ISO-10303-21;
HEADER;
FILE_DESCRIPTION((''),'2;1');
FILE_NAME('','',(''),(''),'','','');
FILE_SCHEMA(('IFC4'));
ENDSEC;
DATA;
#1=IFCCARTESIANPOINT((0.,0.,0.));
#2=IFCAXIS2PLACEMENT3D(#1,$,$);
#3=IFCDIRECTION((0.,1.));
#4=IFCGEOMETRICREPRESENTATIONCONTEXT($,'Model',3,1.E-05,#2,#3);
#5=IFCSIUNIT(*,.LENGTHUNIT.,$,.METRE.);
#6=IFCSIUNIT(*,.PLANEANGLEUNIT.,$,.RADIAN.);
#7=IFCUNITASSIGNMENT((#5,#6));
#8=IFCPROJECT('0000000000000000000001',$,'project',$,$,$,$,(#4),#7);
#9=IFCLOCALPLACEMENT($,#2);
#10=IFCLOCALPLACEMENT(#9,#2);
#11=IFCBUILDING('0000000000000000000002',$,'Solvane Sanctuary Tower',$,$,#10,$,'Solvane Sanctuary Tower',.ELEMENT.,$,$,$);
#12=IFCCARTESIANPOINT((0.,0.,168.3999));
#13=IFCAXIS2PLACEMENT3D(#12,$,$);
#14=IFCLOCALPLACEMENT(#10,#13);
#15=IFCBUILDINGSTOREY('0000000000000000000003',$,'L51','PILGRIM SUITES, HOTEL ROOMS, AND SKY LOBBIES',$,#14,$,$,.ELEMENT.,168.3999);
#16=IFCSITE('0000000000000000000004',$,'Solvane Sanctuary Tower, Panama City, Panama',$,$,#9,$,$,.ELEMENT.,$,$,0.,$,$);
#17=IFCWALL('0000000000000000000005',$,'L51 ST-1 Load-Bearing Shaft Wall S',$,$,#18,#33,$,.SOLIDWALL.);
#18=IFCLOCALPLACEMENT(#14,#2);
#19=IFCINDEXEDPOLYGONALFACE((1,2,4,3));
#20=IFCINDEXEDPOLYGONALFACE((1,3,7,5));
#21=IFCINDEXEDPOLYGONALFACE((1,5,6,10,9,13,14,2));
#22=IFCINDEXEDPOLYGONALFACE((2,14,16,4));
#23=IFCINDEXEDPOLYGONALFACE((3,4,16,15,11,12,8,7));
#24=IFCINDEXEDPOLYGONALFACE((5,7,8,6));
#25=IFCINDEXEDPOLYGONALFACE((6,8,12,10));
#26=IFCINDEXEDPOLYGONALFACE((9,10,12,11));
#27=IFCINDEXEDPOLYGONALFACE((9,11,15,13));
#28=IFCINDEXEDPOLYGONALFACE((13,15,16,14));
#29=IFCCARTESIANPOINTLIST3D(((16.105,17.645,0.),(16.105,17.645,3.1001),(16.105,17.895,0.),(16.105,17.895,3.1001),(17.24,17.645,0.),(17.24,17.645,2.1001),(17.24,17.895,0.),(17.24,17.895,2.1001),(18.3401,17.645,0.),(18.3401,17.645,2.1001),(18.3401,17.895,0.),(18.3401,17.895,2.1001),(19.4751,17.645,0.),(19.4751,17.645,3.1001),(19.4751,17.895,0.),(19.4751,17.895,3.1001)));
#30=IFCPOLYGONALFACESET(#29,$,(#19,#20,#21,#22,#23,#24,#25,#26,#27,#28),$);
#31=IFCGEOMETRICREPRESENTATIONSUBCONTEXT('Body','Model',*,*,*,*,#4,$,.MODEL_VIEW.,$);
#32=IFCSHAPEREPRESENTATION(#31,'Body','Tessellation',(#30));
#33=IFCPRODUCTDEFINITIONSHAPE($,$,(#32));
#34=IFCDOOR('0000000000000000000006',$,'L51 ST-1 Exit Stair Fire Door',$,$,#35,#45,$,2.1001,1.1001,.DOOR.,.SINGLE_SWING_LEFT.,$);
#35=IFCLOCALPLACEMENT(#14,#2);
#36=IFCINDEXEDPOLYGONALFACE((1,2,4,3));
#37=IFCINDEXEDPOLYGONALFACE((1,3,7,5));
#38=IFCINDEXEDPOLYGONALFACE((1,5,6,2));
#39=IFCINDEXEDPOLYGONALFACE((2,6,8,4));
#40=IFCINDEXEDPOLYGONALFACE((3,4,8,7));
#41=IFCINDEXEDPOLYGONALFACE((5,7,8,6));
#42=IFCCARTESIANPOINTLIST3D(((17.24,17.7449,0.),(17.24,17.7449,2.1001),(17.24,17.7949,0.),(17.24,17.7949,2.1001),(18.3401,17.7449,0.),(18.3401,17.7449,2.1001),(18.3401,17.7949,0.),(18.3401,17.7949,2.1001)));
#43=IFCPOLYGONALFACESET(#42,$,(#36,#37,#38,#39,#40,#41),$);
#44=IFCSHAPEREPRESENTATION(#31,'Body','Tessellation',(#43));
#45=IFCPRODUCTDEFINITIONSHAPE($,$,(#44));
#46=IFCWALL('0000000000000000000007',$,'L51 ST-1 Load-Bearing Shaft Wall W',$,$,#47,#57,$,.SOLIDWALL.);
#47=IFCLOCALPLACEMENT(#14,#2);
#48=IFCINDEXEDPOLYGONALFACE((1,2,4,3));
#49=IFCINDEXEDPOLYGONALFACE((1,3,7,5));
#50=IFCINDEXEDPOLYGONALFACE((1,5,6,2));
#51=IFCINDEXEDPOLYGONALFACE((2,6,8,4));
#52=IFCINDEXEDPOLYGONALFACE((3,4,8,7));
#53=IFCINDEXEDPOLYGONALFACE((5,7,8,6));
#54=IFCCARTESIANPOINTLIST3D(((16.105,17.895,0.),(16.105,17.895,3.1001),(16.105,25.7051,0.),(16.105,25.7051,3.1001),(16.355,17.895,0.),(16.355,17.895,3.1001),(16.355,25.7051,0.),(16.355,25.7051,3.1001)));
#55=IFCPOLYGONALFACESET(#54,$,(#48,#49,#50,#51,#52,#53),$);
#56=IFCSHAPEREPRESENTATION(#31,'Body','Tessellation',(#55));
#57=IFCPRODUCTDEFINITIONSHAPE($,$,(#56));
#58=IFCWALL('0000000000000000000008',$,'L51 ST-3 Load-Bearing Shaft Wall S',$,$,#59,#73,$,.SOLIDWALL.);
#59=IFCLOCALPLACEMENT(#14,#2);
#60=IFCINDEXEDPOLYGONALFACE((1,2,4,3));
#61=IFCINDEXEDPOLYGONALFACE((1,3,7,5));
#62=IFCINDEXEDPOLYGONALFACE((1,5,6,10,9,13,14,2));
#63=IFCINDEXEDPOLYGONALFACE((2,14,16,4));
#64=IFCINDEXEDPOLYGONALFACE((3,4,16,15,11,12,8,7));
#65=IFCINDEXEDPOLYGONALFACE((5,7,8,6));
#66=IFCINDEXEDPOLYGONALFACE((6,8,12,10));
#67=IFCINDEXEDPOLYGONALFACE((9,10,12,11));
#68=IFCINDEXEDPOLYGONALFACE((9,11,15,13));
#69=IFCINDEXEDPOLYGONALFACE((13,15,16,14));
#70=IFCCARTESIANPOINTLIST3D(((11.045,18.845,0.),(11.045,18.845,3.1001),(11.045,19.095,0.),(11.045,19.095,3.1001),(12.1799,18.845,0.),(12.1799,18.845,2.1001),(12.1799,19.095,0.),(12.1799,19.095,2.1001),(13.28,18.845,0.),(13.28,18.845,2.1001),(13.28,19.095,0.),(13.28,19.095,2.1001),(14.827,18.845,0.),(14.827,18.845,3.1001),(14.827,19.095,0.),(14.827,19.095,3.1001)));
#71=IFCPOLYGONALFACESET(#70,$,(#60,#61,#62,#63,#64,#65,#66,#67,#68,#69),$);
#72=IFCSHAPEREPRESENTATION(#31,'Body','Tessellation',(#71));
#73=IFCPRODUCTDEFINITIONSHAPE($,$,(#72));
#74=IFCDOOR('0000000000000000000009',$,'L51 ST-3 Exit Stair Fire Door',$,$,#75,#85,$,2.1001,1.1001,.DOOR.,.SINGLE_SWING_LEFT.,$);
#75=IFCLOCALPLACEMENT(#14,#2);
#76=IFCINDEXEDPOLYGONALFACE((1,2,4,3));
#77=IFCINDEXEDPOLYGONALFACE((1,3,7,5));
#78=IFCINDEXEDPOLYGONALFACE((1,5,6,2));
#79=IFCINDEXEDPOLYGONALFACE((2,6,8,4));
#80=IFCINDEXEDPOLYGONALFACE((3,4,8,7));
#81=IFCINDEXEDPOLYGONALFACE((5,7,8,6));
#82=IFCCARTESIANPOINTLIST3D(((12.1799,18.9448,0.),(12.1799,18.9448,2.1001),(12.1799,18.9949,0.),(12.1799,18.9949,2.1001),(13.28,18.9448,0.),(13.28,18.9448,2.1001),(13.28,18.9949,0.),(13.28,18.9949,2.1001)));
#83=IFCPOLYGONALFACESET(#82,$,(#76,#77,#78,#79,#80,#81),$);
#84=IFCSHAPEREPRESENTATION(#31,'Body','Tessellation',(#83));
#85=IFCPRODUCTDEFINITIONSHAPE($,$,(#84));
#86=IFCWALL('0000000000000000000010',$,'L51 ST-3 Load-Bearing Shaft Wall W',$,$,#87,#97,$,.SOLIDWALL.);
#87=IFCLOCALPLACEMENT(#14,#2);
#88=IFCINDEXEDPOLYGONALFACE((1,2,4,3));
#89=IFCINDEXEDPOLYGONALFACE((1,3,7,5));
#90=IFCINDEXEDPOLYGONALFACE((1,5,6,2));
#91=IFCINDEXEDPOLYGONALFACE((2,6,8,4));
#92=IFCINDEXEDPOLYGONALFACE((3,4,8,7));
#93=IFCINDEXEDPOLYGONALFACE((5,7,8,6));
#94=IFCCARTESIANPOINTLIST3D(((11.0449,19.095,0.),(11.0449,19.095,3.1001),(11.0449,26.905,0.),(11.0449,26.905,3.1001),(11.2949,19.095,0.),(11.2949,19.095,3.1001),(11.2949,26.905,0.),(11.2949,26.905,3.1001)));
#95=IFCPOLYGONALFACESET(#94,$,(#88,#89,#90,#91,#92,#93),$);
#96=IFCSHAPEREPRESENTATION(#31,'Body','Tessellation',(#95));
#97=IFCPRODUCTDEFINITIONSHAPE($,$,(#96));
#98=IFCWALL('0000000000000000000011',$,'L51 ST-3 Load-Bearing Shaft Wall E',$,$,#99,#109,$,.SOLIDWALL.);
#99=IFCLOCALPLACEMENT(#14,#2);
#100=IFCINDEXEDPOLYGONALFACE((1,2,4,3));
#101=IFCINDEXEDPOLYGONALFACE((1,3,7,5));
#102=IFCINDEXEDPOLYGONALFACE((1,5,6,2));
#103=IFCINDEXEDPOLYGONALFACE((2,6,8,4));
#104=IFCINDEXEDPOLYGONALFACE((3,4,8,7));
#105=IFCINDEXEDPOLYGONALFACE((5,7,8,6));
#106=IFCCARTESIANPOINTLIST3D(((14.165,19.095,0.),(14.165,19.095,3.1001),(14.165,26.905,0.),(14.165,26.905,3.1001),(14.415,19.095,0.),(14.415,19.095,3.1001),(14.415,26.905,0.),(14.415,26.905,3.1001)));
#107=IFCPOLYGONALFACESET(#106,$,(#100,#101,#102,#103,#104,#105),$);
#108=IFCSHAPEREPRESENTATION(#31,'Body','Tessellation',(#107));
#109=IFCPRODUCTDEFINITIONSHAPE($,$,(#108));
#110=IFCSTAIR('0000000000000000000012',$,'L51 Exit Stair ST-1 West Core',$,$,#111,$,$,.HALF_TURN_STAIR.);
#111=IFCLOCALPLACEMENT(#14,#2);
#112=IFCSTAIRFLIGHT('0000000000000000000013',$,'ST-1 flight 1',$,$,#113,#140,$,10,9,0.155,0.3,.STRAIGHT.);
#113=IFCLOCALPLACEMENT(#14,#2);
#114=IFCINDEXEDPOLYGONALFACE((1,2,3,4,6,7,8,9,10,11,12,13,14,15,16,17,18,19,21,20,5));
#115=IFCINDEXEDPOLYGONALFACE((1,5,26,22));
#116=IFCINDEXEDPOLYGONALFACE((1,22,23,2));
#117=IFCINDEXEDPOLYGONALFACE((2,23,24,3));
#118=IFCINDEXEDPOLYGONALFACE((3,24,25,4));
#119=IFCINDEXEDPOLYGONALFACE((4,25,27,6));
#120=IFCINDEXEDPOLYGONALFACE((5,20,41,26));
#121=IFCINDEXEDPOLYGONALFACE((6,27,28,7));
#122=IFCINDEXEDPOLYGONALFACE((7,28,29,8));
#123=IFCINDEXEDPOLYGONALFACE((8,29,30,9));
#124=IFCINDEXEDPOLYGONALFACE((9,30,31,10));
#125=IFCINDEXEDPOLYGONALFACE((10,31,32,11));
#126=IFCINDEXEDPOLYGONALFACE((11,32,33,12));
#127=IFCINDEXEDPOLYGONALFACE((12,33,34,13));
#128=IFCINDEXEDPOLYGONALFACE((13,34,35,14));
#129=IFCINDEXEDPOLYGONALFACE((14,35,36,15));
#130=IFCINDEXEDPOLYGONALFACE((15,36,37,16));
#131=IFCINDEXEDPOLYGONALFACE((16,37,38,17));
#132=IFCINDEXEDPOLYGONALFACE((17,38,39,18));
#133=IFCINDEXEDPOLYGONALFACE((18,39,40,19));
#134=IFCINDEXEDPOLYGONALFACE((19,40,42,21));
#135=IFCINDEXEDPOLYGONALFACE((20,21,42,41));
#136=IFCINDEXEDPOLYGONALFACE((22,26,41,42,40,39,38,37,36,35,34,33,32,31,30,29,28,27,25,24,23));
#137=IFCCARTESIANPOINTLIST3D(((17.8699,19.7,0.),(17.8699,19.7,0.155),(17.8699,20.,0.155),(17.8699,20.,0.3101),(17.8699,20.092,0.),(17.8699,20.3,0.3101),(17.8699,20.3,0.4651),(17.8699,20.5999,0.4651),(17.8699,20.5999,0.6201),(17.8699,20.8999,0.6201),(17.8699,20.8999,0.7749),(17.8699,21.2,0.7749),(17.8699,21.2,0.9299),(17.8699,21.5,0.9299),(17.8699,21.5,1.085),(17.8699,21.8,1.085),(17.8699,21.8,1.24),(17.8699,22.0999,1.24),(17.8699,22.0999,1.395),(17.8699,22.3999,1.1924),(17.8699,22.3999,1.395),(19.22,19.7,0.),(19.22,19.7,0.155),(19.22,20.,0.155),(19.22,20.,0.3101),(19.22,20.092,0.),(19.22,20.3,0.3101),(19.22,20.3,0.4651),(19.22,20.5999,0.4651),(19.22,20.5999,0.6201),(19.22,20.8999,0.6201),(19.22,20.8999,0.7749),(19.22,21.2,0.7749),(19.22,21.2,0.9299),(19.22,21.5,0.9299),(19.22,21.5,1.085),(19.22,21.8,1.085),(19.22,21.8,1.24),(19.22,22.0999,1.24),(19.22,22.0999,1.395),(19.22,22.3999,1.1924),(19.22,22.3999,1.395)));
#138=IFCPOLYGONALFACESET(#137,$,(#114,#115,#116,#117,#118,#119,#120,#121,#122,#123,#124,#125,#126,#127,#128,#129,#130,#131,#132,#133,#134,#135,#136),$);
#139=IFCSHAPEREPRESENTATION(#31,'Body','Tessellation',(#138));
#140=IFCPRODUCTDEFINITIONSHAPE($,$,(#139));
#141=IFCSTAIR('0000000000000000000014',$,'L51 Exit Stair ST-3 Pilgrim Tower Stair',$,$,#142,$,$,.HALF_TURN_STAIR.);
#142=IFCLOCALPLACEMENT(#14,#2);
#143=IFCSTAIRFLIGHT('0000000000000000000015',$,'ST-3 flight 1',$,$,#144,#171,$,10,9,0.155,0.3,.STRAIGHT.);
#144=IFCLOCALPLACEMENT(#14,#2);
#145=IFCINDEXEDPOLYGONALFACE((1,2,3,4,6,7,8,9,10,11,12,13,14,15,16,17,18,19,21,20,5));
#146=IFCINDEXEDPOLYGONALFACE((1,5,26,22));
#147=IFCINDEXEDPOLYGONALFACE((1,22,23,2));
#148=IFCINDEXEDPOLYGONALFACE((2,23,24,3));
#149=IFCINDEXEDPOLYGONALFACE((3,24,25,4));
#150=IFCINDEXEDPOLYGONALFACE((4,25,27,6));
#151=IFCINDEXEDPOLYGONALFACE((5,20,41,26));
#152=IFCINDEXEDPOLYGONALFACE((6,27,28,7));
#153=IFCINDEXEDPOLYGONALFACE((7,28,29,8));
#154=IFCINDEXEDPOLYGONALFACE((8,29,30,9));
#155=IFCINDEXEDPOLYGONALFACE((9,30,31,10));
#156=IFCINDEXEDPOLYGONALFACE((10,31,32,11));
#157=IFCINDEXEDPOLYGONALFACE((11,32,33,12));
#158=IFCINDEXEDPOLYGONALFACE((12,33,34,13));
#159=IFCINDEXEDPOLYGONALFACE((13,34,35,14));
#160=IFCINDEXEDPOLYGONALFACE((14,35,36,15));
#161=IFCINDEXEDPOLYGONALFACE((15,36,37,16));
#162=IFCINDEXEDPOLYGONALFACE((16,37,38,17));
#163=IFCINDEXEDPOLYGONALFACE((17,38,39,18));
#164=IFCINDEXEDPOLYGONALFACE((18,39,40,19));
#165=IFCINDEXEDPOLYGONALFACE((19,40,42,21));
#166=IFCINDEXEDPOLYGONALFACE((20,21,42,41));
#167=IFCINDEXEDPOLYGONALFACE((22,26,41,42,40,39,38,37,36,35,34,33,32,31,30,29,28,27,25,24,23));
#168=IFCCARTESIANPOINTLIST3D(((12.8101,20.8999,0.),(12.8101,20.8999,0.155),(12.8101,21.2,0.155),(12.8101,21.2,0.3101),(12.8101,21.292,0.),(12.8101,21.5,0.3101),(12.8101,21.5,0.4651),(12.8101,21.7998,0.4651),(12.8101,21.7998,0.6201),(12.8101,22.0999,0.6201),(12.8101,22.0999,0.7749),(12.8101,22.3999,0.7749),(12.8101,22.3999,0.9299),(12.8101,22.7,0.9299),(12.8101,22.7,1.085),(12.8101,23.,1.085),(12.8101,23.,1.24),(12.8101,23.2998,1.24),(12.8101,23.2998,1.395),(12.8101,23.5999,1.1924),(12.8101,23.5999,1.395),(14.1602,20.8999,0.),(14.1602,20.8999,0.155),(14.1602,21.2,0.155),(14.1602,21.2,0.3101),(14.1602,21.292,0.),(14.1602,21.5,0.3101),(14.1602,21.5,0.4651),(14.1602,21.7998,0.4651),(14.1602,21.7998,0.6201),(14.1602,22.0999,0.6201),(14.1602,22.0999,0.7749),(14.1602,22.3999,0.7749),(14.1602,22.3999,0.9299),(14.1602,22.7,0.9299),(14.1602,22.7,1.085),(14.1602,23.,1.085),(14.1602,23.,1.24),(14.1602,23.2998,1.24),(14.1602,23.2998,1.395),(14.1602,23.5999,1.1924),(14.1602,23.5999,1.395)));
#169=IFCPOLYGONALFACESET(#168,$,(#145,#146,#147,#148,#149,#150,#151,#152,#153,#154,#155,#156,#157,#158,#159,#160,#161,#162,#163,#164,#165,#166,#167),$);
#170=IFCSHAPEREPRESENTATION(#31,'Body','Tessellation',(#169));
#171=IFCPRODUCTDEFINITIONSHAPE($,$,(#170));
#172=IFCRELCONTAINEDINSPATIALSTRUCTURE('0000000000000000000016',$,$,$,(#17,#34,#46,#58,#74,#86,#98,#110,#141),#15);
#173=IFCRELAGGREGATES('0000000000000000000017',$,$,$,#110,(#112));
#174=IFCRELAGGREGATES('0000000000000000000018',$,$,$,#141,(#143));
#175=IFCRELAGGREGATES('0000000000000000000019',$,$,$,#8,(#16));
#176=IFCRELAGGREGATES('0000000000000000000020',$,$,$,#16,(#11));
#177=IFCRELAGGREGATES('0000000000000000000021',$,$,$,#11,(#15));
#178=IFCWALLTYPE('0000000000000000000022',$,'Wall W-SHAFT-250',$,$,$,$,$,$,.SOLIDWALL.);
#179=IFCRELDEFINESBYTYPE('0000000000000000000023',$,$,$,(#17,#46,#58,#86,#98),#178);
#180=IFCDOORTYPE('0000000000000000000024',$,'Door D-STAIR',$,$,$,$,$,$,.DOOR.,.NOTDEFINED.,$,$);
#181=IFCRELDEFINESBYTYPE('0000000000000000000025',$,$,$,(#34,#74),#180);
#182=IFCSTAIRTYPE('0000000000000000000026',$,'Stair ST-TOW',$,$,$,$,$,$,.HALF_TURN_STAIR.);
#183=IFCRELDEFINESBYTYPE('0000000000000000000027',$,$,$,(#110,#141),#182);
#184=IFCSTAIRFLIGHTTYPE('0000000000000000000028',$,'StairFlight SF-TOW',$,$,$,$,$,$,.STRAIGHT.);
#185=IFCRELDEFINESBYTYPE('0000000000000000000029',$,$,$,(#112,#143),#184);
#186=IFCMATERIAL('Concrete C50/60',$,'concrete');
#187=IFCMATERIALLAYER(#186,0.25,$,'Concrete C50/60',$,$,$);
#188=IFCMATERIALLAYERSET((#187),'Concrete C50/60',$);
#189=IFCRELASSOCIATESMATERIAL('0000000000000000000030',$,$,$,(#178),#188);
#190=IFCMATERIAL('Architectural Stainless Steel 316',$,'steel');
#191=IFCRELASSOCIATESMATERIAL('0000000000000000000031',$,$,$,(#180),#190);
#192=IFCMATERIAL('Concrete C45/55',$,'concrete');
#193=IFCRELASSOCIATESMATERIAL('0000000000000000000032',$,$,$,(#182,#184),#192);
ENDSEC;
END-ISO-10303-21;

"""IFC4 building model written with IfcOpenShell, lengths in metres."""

from ifc_helpers import new_model, si_unit, direction, frame, frame_2d, origin, place, context, subcontext, project, spatial, polyline, rectangle, outline, extrude, material, layer, layer_set, type_object, element, fill, aggregate, save


model = new_model("IFC4")

# Units and contexts
model_context = context("Model", 3, precision=1e-05, world=origin(), true_north=direction((0.0, 1.0)))
body_context = subcontext(model_context, "Body", "Model", "MODEL_VIEW")
ifc_project = project(units=[si_unit("LENGTHUNIT", "METRE"), si_unit("PLANEANGLEUNIT", "RADIAN")], contexts=[model_context])

# Site, building, storey
site_placement = place(None, origin())
site = spatial("IfcSite", under=ifc_project, at=site_placement, Name="Solvane Sanctuary Tower, Panama City, Panama", CompositionType="ELEMENT", RefElevation=0.0)
building_placement = place(site_placement, origin())
building = spatial("IfcBuilding", under=site, at=building_placement, Name="Solvane Sanctuary Tower", LongName="Solvane Sanctuary Tower", CompositionType="ELEMENT")
storey_placement = place(building_placement, frame((0.0, 0.0, 168.3999)))
storey = spatial("IfcBuildingStorey", under=building, at=storey_placement, Name="L51", Description="PILGRIM SUITES, HOTEL ROOMS, AND SKY LOBBIES", CompositionType="ELEMENT", Elevation=168.3999)

# Shared definitions
ifc_material_1 = material(Name="Architectural Stainless Steel 316", Category="steel")

# Wall, opening, door
ifc_material_2 = material(Name="Concrete C50/60", Category="concrete")
ifc_layer_1 = layer(ifc_material_2, 0.25, Name="Concrete C50/60")
ifc_layer_set_1 = layer_set([ifc_layer_1], Name="Concrete C50/60")
wall_type_1 = type_object("IfcWallType", Name="Wall W-SHAFT-250", PredefinedType="SOLIDWALL", material=ifc_layer_set_1)
wall_1_placement = place(storey_placement, frame((16.105, 17.77, 0.0), z_axis=(0.0, 0.0, 1.0), x_axis=(1.0, 0.0, 0.0)))
wall_1 = element("IfcWall", 1, at=wall_1_placement, inside=storey, type_object=wall_type_1, Name="L51 ST-1 Load-Bearing Shaft Wall S", PredefinedType="SOLIDWALL", context=body_context, shape_type="SweptSolid", body=[
    extrude(rectangle(XDim=3.3701, YDim=0.25, at=frame_2d((1.6851, 0.0))), origin(), (0.0, 0.0, 1.0), 3.1001),
])
opening_1_placement = place(wall_1_placement, frame((1.135, 0.0, 0.0)))
opening_1 = element("IfcOpeningElement", 2, at=opening_1_placement, cuts=wall_1, PredefinedType="OPENING", context=body_context, shape_type="SweptSolid", body=[
    extrude(rectangle(XDim=1.1001, YDim=2.1001, at=frame_2d((0.55, 1.05))), frame((0.0, 0.135, 0.0), z_axis=(0.0, -1.0, 0.0), x_axis=(1.0, 0.0, 0.0)), (0.0, 0.0, 1.0), 0.27),
])
door_type_1 = type_object("IfcDoorType", Name="Door D-STAIR", OperationType="NOTDEFINED", PredefinedType="DOOR", material=ifc_material_1)
door_1_placement = place(opening_1_placement, origin())
door_1 = element("IfcDoor", 3, at=door_1_placement, inside=storey, type_object=door_type_1, Name="L51 ST-1 Exit Stair Fire Door", OperationType="SINGLE_SWING_LEFT", OverallHeight=2.1001, OverallWidth=1.1001, PredefinedType="DOOR", context=body_context, shape_type="SweptSolid", body=[
    extrude(rectangle(XDim=1.1001, YDim=2.1001, at=frame_2d((0.55, 1.05))), frame((0.0, 0.0249, 0.0), z_axis=(0.0, -1.0, 0.0), x_axis=(1.0, 0.0, 0.0)), (0.0, 0.0, 1.0), 0.05),
])
fill(opening_1, door_1)

# Wall
wall_2_placement = place(storey_placement, frame((16.23, 17.895, 0.0), z_axis=(0.0, 0.0, 1.0), x_axis=(0.0, 1.0, 0.0)))
element("IfcWall", 4, at=wall_2_placement, inside=storey, type_object=wall_type_1, Name="L51 ST-1 Load-Bearing Shaft Wall W", PredefinedType="SOLIDWALL", context=body_context, shape_type="SweptSolid", body=[
    extrude(rectangle(XDim=7.8101, YDim=0.25, at=frame_2d((3.905, 0.0))), origin(), (0.0, 0.0, 1.0), 3.1001),
])

# Wall, opening, door
wall_3_placement = place(storey_placement, frame((11.0449, 18.97, 0.0), z_axis=(0.0, 0.0, 1.0), x_axis=(1.0, 0.0, 0.0)))
wall_3 = element("IfcWall", 5, at=wall_3_placement, inside=storey, type_object=wall_type_1, Name="L51 ST-3 Load-Bearing Shaft Wall S", PredefinedType="SOLIDWALL", context=body_context, shape_type="SweptSolid", body=[
    extrude(rectangle(XDim=3.782, YDim=0.25, at=frame_2d((1.8911, 0.0))), origin(), (0.0, 0.0, 1.0), 3.1001),
])
opening_2_placement = place(wall_3_placement, frame((1.135, 0.0, 0.0)))
opening_2 = element("IfcOpeningElement", 6, at=opening_2_placement, cuts=wall_3, PredefinedType="OPENING", context=body_context, shape_type="SweptSolid", body=[
    extrude(rectangle(XDim=1.1001, YDim=2.1001, at=frame_2d((0.55, 1.05))), frame((0.0, 0.135, 0.0), z_axis=(0.0, -1.0, 0.0), x_axis=(1.0, 0.0, 0.0)), (0.0, 0.0, 1.0), 0.27),
])
door_2_placement = place(opening_2_placement, origin())
door_2 = element("IfcDoor", 7, at=door_2_placement, inside=storey, type_object=door_type_1, Name="L51 ST-3 Exit Stair Fire Door", OperationType="SINGLE_SWING_LEFT", OverallHeight=2.1001, OverallWidth=1.1001, PredefinedType="DOOR", context=body_context, shape_type="SweptSolid", body=[
    extrude(rectangle(XDim=1.1001, YDim=2.1001, at=frame_2d((0.55, 1.05))), frame((0.0, 0.0249, 0.0), z_axis=(0.0, -1.0, 0.0), x_axis=(1.0, 0.0, 0.0)), (0.0, 0.0, 1.0), 0.05),
])
fill(opening_2, door_2)

# Walls
for number, where, z_axis, x_axis, name in (
    (8, (11.1699, 19.095, 0.0), (0.0, 0.0, 1.0), (0.0, 1.0, 0.0), "L51 ST-3 Load-Bearing Shaft Wall W"),
    (9, (14.29, 19.095, 0.0), (0.0, 0.0, 1.0), (0.0, 1.0, 0.0), "L51 ST-3 Load-Bearing Shaft Wall E"),
):
    element("IfcWall", number, at=place(storey_placement, frame(where, z_axis=z_axis, x_axis=x_axis)), inside=storey, type_object=wall_type_1, Name=name, PredefinedType="SOLIDWALL", context=body_context, shape_type="SweptSolid", body=[
        extrude(rectangle(XDim=7.8101, YDim=0.25, at=frame_2d((3.905, 0.0))), origin(), (0.0, 0.0, 1.0), 3.1001),
    ])

# Stairs, stair flights
ifc_material_3 = material(Name="Concrete C45/55", Category="concrete")
stair_type = type_object("IfcStairType", Name="Stair ST-TOW", PredefinedType="HALF_TURN_STAIR", material=ifc_material_3)
stair_1_placement = place(storey_placement, origin())
stair_1 = element("IfcStair", 10, at=stair_1_placement, inside=storey, type_object=stair_type, Name="L51 Exit Stair ST-1 West Core", PredefinedType="HALF_TURN_STAIR")
stair_flight_type = type_object("IfcStairFlightType", Name="StairFlight SF-TOW", PredefinedType="STRAIGHT", material=ifc_material_3)
stair_flight_1_placement = place(storey_placement, frame((18.5449, 19.7, 0.0), z_axis=(0.0, 0.0, 1.0), x_axis=(0.0, 1.0, 0.0)))
stair_flight_1 = element("IfcStairFlight", 11, at=stair_flight_1_placement, type_object=stair_flight_type, Name="ST-1 flight 1", NumberOfRisers=10, NumberOfTreads=9, PredefinedType="STRAIGHT", RiserHeight=0.155, TreadLength=0.3, context=body_context, shape_type="SweptSolid", body=[
    extrude(outline(polyline([(0.0, 0.0), (0.0, 0.155), (0.3, 0.155), (0.3, 0.3101), (0.6001, 0.3101), (0.6001, 0.4651), (0.8999, 0.4651), (0.8999, 0.6201), (1.2, 0.6201), (1.2, 0.7749), (1.5, 0.7749), (1.5, 0.9299), (1.8, 0.9299), (1.8, 1.085), (2.1001, 1.085), (2.1001, 1.24), (2.3999, 1.24), (2.3999, 1.395), (2.7, 1.395), (2.7, 1.55), (2.7, 1.1924), (0.3921, 0.0), (0.0, 0.0)])), frame((0.0, 0.675, 0.0), z_axis=(0.0, -1.0, 0.0), x_axis=(1.0, 0.0, 0.0)), (0.0, 0.0, 1.0), 1.3501),
])
aggregate(stair_1, [stair_flight_1])
stair_2_placement = place(storey_placement, origin())
stair_2 = element("IfcStair", 12, at=stair_2_placement, inside=storey, type_object=stair_type, Name="L51 Exit Stair ST-3 Pilgrim Tower Stair", PredefinedType="HALF_TURN_STAIR")
stair_flight_2_placement = place(storey_placement, frame((13.4851, 20.8999, 0.0), z_axis=(0.0, 0.0, 1.0), x_axis=(0.0, 1.0, 0.0)))
stair_flight_2 = element("IfcStairFlight", 13, at=stair_flight_2_placement, type_object=stair_flight_type, Name="ST-3 flight 1", NumberOfRisers=10, NumberOfTreads=9, PredefinedType="STRAIGHT", RiserHeight=0.155, TreadLength=0.3, context=body_context, shape_type="SweptSolid", body=[
    extrude(outline(polyline([(0.0, 0.0), (0.0, 0.155), (0.3, 0.155), (0.3, 0.3101), (0.6001, 0.3101), (0.6001, 0.4651), (0.8999, 0.4651), (0.8999, 0.6201), (1.2, 0.6201), (1.2, 0.7749), (1.5, 0.7749), (1.5, 0.9299), (1.8, 0.9299), (1.8, 1.085), (2.1001, 1.085), (2.1001, 1.24), (2.3999, 1.24), (2.3999, 1.395), (2.7, 1.395), (2.7, 1.55), (2.7, 1.1924), (0.3921, 0.0), (0.0, 0.0)])), frame((0.0, 0.675, 0.0), z_axis=(0.0, -1.0, 0.0), x_axis=(1.0, 0.0, 0.0)), (0.0, 0.0, 1.0), 1.3501),
])
aggregate(stair_2, [stair_flight_2])

save(model, "model.ifc")
